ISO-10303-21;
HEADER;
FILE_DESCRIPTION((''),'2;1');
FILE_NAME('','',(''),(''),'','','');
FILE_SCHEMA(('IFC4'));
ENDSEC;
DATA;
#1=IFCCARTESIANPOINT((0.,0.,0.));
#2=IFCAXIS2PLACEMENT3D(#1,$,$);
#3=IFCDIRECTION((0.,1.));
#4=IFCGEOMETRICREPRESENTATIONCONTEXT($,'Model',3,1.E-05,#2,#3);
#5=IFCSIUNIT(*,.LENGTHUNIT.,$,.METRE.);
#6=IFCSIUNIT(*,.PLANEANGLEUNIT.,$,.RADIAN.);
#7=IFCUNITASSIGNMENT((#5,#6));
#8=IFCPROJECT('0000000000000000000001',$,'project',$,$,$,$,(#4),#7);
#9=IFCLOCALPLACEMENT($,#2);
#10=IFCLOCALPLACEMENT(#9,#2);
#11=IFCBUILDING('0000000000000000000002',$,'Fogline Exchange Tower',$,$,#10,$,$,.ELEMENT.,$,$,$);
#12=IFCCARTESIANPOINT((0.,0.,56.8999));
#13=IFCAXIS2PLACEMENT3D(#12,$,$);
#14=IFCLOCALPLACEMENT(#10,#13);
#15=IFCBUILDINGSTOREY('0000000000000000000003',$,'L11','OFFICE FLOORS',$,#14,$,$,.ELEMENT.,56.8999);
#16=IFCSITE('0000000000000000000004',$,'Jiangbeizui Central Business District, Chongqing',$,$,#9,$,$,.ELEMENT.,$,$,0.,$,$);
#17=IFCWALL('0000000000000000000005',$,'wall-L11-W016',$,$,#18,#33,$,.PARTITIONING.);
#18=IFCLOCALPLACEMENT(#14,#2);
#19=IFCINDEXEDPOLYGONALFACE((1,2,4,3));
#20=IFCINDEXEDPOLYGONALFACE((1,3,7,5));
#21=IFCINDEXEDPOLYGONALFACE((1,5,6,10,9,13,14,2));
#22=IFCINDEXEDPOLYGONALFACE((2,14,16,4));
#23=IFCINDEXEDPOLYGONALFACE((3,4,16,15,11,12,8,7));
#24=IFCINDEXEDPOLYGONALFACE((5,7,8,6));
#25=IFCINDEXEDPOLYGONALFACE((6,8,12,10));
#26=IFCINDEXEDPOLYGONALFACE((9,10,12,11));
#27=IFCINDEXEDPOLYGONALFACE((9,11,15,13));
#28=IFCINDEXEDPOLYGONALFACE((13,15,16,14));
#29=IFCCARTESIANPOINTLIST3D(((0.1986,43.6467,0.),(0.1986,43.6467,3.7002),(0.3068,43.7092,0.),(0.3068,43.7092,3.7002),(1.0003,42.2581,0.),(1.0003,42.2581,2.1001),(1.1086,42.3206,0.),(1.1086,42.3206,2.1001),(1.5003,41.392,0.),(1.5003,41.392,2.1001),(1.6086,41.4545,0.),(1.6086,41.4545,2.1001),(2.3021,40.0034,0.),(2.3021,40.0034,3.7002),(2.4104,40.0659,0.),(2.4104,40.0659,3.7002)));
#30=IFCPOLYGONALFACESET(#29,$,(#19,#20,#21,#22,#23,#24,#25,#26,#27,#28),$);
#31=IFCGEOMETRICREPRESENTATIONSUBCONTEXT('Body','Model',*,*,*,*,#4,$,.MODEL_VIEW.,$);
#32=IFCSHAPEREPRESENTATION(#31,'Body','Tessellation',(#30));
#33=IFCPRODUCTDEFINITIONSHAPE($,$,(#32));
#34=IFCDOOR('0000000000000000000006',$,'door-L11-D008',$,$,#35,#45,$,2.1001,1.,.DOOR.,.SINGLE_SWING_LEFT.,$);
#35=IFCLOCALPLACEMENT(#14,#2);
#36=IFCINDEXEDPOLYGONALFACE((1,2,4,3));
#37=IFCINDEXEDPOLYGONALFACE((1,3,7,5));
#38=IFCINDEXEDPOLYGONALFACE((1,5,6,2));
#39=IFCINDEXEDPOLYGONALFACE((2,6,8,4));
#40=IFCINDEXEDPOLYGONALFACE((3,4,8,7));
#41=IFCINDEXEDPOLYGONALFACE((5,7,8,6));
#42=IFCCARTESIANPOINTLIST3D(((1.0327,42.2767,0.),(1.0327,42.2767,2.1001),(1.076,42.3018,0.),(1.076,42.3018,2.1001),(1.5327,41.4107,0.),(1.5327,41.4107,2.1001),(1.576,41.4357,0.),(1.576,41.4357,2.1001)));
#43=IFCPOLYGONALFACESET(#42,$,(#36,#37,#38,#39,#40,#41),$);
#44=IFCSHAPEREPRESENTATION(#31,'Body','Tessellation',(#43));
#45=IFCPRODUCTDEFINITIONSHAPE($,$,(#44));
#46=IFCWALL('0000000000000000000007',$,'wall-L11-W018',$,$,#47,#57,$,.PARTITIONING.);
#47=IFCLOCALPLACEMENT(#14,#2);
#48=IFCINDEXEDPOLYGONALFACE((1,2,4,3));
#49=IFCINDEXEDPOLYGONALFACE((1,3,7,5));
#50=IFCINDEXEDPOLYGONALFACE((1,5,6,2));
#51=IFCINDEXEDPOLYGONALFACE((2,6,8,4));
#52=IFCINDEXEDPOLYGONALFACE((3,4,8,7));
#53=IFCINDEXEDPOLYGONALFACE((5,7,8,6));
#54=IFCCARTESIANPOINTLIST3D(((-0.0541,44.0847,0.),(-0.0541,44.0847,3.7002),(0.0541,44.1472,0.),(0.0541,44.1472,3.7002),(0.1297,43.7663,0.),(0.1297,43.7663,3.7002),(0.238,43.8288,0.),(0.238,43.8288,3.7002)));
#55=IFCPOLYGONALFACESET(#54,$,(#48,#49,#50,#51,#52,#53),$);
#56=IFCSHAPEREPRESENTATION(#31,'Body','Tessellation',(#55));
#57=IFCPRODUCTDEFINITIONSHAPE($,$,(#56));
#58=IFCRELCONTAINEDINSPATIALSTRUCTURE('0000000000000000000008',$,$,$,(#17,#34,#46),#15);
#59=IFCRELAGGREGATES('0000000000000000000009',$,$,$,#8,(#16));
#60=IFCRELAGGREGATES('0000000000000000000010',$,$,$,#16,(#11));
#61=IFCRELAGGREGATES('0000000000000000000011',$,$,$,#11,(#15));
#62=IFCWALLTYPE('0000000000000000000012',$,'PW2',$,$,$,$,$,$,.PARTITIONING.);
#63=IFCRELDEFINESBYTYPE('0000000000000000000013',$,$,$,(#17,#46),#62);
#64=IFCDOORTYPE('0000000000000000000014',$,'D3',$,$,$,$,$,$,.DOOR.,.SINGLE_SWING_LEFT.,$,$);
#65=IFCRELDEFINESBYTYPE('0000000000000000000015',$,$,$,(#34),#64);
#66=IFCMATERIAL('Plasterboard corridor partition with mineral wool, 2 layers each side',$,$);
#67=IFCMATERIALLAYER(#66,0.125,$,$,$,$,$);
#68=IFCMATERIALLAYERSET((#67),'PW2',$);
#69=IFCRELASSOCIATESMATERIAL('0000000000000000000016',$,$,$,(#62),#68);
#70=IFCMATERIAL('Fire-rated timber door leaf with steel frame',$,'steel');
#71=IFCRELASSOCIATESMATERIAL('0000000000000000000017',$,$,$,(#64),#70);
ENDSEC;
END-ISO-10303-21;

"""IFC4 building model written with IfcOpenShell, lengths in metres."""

from ifc_helpers import new_model, si_unit, direction, frame, frame_2d, origin, place, context, subcontext, project, spatial, rectangle, extrude, material, layer, layer_set, type_object, element, fill, save


model = new_model("IFC4")

# Units and contexts
model_context = context("Model", 3, precision=1e-05, world=origin(), true_north=direction((0.0, 1.0)))
body_context = subcontext(model_context, "Body", "Model", "MODEL_VIEW")
ifc_project = project(units=[si_unit("LENGTHUNIT", "METRE"), si_unit("PLANEANGLEUNIT", "RADIAN")], contexts=[model_context])

# Site, building, storey
site_placement = place(None, origin())
site = spatial("IfcSite", under=ifc_project, at=site_placement, Name="Jiangbeizui Central Business District, Chongqing", CompositionType="ELEMENT", RefElevation=0.0)
building_placement = place(site_placement, origin())
building = spatial("IfcBuilding", under=site, at=building_placement, Name="Fogline Exchange Tower", CompositionType="ELEMENT")
storey_placement = place(building_placement, frame((0.0, 0.0, 56.8999)))
storey = spatial("IfcBuildingStorey", under=building, at=storey_placement, Name="L11", Description="OFFICE FLOORS", CompositionType="ELEMENT", Elevation=56.8999)

# Wall, opening, door
ifc_material_1 = material(Name="Plasterboard corridor partition with mineral wool, 2 layers each side")
ifc_layer_1 = layer(ifc_material_1, 0.125)
ifc_layer_set_1 = layer_set([ifc_layer_1], Name="PW2")
wall_type_1 = type_object("IfcWallType", Name="PW2", PredefinedType="PARTITIONING", material=ifc_layer_set_1)
wall_1_placement = place(storey_placement, frame((0.2527, 43.678, 0.0), z_axis=(0.0, 0.0, 1.0), x_axis=(0.500009, -0.86602, 0.0)))
wall_1 = element("IfcWall", 1, at=wall_1_placement, inside=storey, type_object=wall_type_1, Name="wall-L11-W016", PredefinedType="PARTITIONING", context=body_context, shape_type="SweptSolid", body=[
    extrude(rectangle(XDim=4.207, YDim=0.125, at=frame_2d((2.1035, 0.0))), origin(), (0.0, 0.0, 1.0), 3.7002),
])
opening_1_placement = place(wall_1_placement, frame((1.6035, 0.0, 0.0)))
opening_1 = element("IfcOpeningElement", 2, at=opening_1_placement, cuts=wall_1, PredefinedType="OPENING", context=body_context, shape_type="SweptSolid", body=[
    extrude(rectangle(XDim=1.0, YDim=2.1001, at=frame_2d((0.5, 1.05))), frame((0.0, 0.0725, 0.0), z_axis=(0.0, -1.0, 0.0), x_axis=(1.0, 0.0, 0.0)), (0.0, 0.0, 1.0), 0.145),
])
ifc_material_2 = material(Name="Fire-rated timber door leaf with steel frame", Category="steel")
door_type_1 = type_object("IfcDoorType", Name="D3", OperationType="SINGLE_SWING_LEFT", PredefinedType="DOOR", material=ifc_material_2)
door_1_placement = place(opening_1_placement, origin())
door_1 = element("IfcDoor", 3, at=door_1_placement, inside=storey, type_object=door_type_1, Name="door-L11-D008", OperationType="SINGLE_SWING_LEFT", OverallHeight=2.1001, OverallWidth=1.0, PredefinedType="DOOR", context=body_context, shape_type="SweptSolid", body=[
    extrude(rectangle(XDim=1.0, YDim=2.1001, at=frame_2d((0.5, 1.05))), frame((0.0, 0.0249, 0.0), z_axis=(0.0, -1.0, 0.0), x_axis=(1.0, 0.0, 0.0)), (0.0, 0.0, 1.0), 0.05),
])
fill(opening_1, door_1)

# Wall
wall_2_placement = place(storey_placement, frame((0.0, 44.116, 0.0), z_axis=(0.0, 0.0, 1.0), x_axis=(0.500067, -0.865987, 0.0)))
element("IfcWall", 4, at=wall_2_placement, inside=storey, type_object=wall_type_1, Name="wall-L11-W018", PredefinedType="PARTITIONING", context=body_context, shape_type="SweptSolid", body=[
    extrude(rectangle(XDim=0.3677, YDim=0.125, at=frame_2d((0.1838, 0.0))), origin(), (0.0, 0.0, 1.0), 3.7002),
])

save(model, "model.ifc")
